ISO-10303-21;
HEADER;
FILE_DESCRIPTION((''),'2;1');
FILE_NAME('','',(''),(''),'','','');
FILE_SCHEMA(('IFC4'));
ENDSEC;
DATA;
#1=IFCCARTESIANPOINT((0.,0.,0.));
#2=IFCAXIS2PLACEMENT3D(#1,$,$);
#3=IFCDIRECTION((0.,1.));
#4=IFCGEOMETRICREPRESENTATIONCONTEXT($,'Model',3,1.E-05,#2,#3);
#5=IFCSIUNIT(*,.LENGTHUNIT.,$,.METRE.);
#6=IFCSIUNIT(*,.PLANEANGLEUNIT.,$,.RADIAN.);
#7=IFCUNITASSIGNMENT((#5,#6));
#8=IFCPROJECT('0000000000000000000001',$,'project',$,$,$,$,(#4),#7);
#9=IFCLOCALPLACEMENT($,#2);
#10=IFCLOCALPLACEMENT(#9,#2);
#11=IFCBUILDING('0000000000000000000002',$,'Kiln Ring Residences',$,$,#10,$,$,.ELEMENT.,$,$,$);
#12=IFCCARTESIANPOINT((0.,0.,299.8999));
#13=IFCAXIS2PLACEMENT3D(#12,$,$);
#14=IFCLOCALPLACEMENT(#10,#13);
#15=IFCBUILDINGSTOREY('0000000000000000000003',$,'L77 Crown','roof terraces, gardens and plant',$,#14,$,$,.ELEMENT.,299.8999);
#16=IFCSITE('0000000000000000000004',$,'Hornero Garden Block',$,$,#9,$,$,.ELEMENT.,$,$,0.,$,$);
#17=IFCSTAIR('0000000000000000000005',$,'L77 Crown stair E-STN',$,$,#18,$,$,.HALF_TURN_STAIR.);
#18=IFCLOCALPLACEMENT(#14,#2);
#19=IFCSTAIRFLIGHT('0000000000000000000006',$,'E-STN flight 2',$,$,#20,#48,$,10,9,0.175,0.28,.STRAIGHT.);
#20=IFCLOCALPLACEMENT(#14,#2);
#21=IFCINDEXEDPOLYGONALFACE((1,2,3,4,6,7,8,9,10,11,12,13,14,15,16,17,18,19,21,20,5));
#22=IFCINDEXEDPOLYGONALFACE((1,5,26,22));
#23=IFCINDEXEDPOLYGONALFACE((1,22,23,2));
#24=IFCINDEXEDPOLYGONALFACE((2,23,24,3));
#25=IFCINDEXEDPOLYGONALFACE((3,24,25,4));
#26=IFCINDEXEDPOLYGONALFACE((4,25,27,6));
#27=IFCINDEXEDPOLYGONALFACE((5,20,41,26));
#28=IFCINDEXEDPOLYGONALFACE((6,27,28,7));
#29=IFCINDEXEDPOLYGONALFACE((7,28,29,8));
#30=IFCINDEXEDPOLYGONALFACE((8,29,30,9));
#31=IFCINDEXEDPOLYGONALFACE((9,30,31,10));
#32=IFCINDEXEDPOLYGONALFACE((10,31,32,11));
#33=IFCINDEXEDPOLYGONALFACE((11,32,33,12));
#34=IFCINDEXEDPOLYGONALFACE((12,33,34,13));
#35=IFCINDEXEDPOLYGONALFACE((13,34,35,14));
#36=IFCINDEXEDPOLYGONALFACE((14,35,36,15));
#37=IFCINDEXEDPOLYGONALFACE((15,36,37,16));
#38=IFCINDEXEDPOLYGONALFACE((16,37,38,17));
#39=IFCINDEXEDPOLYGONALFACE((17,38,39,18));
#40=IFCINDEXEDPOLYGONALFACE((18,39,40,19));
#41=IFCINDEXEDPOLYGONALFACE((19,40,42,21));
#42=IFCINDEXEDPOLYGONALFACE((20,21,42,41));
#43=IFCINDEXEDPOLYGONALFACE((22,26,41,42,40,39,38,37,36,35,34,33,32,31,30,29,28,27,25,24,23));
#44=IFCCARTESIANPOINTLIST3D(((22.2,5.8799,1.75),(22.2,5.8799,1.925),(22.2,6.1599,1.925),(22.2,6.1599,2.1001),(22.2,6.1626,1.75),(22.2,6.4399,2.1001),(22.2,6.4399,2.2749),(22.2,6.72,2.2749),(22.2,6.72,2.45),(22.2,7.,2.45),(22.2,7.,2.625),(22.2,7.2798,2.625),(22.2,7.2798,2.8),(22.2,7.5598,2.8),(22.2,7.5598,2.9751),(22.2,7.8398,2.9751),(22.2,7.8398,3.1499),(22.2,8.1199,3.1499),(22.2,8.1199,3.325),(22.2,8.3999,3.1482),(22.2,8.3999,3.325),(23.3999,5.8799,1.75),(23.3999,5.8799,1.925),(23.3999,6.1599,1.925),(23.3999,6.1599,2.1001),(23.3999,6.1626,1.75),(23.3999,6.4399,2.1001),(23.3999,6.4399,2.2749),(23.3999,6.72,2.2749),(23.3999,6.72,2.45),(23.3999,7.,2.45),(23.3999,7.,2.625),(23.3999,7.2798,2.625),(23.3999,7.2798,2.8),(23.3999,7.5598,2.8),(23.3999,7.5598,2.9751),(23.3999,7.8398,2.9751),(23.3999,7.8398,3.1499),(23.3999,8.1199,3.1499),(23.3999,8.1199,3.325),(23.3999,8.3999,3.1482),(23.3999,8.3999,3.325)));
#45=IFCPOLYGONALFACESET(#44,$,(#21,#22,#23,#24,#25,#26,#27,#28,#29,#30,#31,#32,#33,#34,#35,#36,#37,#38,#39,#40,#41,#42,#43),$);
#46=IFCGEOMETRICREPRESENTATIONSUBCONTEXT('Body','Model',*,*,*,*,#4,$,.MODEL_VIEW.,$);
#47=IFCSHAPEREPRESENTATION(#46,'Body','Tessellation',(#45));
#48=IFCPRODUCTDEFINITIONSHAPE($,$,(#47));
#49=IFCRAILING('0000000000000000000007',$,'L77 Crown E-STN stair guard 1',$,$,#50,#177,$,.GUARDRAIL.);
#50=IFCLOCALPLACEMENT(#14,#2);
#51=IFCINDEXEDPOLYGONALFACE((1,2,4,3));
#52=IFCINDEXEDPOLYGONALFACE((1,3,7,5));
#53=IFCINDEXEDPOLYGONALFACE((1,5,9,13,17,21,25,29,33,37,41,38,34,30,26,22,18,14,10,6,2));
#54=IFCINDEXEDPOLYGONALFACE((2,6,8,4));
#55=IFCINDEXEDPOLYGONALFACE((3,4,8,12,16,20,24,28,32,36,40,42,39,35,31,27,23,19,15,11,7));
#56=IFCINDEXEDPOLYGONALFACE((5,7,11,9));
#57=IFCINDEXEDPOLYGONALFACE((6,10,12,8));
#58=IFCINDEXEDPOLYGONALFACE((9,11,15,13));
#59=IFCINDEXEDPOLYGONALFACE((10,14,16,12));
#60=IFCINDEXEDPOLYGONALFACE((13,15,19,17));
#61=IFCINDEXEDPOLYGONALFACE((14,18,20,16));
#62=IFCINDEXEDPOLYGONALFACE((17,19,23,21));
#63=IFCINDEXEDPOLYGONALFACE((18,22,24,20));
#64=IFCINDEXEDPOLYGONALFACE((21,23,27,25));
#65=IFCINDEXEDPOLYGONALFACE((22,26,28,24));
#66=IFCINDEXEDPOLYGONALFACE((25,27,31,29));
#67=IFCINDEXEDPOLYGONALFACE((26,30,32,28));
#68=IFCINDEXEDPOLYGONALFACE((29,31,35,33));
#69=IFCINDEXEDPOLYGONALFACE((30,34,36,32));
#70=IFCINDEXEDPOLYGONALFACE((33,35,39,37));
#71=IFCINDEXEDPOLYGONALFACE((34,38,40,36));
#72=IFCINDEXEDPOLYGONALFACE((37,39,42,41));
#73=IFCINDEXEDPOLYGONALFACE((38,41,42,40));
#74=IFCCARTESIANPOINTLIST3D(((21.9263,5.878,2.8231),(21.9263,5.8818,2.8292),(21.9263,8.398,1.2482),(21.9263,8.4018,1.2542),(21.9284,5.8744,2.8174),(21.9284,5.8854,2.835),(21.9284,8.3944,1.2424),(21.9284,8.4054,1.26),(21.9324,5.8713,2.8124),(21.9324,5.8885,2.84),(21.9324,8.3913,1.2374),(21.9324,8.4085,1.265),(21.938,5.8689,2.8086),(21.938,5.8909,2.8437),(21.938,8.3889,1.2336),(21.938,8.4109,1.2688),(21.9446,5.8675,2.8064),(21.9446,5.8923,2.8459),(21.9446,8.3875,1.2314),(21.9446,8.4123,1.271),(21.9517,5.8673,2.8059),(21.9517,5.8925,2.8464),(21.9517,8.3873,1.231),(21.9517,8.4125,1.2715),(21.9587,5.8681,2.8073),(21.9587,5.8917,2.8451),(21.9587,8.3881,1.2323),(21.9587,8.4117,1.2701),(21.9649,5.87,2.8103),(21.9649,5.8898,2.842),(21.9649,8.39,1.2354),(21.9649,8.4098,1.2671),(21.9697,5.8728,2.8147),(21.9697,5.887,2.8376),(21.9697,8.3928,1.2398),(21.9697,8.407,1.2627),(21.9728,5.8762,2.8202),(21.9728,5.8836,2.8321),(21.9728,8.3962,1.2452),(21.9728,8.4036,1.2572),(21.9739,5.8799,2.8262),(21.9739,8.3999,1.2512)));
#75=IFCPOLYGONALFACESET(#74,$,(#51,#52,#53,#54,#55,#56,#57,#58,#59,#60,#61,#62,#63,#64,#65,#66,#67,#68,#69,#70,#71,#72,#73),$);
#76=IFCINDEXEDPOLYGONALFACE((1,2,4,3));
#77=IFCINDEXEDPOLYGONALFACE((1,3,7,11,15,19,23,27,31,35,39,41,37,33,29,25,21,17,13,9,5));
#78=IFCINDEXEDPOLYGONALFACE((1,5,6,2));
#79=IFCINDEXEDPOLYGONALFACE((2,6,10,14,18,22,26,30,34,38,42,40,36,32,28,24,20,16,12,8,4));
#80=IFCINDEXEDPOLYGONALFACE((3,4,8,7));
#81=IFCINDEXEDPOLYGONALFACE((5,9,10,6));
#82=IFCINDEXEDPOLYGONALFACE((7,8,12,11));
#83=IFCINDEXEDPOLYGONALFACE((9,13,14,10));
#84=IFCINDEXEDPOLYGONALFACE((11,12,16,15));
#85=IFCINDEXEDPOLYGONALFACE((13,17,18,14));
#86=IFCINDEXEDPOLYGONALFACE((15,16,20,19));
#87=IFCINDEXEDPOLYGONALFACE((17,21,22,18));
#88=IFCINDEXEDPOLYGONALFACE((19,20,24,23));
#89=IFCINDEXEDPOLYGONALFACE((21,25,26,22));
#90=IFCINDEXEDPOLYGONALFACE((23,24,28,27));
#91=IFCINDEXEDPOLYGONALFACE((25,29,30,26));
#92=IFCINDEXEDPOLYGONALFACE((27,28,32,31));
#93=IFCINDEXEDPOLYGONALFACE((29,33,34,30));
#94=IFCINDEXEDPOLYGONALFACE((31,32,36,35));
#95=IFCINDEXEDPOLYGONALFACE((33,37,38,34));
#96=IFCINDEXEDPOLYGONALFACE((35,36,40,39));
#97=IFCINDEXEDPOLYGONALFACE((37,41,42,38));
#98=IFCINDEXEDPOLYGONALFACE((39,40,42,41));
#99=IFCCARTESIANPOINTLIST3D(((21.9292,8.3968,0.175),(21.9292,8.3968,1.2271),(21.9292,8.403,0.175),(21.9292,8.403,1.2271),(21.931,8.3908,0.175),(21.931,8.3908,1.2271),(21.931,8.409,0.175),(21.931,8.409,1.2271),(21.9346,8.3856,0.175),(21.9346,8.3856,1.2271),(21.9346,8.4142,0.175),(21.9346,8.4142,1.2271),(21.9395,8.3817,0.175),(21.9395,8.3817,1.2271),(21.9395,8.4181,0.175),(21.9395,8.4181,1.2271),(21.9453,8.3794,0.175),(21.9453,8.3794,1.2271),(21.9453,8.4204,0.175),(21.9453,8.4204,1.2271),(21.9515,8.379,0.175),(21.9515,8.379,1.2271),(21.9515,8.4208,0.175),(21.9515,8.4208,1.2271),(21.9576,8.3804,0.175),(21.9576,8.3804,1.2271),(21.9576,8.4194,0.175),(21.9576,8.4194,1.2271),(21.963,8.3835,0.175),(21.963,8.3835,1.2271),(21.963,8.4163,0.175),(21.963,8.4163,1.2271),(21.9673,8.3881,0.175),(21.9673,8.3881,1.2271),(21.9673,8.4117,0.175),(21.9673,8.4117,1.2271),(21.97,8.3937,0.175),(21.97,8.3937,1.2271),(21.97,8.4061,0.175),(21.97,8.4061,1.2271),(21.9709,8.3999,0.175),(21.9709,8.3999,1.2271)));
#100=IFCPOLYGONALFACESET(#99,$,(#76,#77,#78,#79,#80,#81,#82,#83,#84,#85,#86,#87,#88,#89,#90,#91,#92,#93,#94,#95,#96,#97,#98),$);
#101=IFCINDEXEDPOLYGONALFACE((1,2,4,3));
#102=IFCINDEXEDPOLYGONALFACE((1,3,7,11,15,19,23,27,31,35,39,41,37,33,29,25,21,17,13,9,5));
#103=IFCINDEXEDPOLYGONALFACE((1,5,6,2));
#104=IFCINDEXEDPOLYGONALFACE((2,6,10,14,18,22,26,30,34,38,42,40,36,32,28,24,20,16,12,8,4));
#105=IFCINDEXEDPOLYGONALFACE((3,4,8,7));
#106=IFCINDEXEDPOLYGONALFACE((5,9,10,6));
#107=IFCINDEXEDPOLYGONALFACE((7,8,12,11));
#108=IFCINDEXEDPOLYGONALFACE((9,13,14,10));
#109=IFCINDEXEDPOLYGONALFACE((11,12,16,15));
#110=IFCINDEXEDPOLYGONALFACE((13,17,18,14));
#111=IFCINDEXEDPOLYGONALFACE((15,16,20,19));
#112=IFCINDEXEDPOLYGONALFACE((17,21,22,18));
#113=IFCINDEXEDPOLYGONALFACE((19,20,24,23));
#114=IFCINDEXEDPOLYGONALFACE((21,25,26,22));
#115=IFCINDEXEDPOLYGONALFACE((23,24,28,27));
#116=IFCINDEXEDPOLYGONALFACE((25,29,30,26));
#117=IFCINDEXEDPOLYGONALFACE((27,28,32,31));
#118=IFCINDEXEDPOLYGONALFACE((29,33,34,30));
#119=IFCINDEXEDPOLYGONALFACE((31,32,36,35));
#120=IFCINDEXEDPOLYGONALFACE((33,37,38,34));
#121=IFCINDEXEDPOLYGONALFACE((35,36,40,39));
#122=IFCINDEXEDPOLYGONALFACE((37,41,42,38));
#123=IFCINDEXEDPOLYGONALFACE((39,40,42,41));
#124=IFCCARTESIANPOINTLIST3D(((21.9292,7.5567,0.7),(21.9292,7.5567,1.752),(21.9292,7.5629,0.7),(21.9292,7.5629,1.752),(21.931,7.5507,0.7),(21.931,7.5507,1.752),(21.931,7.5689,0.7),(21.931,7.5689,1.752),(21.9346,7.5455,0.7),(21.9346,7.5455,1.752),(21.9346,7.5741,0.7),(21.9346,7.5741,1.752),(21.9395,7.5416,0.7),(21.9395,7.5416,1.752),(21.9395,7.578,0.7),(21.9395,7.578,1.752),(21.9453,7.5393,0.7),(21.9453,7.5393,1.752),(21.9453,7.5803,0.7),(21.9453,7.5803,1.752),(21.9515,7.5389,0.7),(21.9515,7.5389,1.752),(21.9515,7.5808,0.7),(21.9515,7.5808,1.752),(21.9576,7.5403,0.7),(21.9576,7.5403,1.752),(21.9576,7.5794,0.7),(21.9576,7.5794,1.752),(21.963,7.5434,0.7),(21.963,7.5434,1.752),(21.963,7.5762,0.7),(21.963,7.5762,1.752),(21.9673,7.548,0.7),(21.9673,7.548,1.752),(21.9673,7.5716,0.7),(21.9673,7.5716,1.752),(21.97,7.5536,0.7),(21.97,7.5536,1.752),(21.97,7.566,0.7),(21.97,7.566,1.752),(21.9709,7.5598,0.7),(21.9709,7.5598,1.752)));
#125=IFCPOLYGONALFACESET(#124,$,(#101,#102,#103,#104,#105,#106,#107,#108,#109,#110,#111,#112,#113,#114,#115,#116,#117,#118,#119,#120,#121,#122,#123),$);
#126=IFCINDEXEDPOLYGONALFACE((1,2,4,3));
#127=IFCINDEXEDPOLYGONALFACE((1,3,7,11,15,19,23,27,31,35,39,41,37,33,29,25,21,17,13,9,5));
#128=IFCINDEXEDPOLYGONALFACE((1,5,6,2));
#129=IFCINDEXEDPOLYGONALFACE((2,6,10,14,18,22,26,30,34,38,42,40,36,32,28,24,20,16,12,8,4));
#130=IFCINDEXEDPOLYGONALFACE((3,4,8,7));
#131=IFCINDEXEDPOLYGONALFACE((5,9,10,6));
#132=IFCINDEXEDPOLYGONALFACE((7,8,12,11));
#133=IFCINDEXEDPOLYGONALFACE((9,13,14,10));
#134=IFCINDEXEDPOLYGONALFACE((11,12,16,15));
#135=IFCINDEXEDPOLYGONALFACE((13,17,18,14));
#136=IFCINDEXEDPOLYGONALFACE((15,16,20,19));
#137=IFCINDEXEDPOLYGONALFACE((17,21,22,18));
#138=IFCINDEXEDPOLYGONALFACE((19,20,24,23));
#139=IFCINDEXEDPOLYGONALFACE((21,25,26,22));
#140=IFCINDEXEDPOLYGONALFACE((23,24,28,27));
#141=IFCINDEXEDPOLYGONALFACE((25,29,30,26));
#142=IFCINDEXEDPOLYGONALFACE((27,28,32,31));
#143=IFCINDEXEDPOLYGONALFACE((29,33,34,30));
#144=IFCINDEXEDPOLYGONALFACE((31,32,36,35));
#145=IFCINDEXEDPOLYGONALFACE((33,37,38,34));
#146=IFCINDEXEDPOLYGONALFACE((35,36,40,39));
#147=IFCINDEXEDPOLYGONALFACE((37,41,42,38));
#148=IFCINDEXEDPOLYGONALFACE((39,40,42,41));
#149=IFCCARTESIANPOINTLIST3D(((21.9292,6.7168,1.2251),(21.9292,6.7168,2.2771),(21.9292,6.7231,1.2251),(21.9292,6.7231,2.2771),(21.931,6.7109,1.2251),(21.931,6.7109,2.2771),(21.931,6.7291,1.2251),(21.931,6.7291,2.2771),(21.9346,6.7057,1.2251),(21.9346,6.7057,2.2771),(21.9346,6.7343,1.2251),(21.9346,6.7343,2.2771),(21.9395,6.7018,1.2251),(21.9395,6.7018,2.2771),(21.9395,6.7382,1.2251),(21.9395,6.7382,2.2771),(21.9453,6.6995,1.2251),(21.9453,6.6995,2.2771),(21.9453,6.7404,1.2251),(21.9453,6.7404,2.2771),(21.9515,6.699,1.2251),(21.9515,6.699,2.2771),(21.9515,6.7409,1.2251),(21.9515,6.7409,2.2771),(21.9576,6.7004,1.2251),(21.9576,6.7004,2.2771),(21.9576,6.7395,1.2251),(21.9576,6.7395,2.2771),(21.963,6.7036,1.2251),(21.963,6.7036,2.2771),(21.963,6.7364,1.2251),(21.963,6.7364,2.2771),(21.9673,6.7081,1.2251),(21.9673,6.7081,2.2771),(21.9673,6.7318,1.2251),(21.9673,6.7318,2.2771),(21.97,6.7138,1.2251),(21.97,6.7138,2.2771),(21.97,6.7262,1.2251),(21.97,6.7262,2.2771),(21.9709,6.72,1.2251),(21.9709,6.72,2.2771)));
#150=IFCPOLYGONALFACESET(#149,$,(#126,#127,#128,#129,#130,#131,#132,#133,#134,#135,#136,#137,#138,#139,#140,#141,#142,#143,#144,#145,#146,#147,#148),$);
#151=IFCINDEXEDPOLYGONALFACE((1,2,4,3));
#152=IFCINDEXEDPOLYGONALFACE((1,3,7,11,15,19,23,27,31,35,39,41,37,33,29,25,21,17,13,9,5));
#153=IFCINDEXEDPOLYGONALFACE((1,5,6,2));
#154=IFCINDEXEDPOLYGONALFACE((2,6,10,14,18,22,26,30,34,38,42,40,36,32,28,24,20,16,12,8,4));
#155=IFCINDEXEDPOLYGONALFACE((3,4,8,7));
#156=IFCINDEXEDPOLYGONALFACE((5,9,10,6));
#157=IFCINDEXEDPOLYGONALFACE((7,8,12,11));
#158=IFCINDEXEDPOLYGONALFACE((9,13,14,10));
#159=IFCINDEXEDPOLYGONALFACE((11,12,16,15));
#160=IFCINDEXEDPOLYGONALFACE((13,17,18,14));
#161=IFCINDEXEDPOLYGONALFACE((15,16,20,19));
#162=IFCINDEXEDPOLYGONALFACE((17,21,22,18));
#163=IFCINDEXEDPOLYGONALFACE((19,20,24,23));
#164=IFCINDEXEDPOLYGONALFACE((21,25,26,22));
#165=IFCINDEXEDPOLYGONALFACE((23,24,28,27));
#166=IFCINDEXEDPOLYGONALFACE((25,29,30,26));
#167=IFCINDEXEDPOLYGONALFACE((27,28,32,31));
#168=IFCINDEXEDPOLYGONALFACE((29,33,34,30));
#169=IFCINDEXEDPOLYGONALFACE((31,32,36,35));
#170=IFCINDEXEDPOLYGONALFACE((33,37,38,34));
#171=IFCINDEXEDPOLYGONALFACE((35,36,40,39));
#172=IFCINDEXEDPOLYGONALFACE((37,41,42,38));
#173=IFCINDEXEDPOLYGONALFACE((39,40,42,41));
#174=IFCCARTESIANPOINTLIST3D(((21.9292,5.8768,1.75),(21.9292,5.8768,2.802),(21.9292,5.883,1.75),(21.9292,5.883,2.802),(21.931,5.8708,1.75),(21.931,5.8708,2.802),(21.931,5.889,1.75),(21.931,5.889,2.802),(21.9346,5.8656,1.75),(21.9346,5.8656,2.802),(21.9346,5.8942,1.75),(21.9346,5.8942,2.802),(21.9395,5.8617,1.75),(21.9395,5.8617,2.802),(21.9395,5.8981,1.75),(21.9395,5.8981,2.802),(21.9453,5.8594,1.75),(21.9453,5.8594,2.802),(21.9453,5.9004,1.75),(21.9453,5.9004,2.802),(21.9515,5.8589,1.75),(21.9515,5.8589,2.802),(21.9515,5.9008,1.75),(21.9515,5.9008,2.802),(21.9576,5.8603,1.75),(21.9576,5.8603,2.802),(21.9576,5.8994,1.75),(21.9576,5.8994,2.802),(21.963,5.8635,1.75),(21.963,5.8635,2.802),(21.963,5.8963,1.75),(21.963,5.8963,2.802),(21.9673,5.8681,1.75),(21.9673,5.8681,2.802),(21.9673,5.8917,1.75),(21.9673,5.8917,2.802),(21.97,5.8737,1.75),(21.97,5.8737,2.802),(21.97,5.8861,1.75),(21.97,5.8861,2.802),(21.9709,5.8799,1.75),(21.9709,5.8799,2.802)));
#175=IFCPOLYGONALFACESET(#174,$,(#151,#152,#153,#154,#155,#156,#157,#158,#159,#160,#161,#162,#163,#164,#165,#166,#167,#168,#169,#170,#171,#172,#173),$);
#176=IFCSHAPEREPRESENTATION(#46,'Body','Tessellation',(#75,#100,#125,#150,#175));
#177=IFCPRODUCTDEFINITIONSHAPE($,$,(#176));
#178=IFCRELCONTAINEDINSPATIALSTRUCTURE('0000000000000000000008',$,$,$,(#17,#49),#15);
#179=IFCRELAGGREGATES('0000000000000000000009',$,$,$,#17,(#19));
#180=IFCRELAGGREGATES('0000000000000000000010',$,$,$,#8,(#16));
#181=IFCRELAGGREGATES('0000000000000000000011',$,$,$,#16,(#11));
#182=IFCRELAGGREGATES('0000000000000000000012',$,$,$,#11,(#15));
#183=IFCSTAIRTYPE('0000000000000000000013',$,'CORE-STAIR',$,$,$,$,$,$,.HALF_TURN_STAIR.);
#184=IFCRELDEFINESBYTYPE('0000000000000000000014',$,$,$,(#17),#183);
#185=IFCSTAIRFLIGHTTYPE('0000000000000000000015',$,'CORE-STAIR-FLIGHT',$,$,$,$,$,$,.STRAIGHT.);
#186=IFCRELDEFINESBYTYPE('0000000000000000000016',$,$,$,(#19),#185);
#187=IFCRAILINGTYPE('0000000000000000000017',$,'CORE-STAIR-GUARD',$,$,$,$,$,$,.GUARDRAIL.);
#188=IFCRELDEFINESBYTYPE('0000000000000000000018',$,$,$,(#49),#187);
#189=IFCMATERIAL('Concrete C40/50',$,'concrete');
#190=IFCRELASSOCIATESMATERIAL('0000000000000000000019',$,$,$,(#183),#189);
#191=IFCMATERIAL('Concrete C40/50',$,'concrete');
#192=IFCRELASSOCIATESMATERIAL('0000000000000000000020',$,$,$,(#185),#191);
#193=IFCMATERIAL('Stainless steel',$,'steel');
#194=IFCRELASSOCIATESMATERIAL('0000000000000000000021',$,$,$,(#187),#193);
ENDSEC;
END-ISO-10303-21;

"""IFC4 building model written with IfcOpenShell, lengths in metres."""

from ifc_helpers import new_model, si_unit, direction, frame, origin, origin_2d, place, context, subcontext, project, spatial, polyline, circle, outline, extrude, material, type_object, element, aggregate, save


model = new_model("IFC4")

# Units and contexts
model_context = context("Model", 3, precision=1e-05, world=origin(), true_north=direction((0.0, 1.0)))
body_context = subcontext(model_context, "Body", "Model", "MODEL_VIEW")
ifc_project = project(units=[si_unit("LENGTHUNIT", "METRE"), si_unit("PLANEANGLEUNIT", "RADIAN")], contexts=[model_context])

# Site, building, storey
site_placement = place(None, origin())
site = spatial("IfcSite", under=ifc_project, at=site_placement, Name="Hornero Garden Block", CompositionType="ELEMENT", RefElevation=0.0)
building_placement = place(site_placement, origin())
building = spatial("IfcBuilding", under=site, at=building_placement, Name="Kiln Ring Residences", CompositionType="ELEMENT")
storey_placement = place(building_placement, frame((0.0, 0.0, 299.8999)))
storey = spatial("IfcBuildingStorey", under=building, at=storey_placement, Name="L77 Crown", Description="roof terraces, gardens and plant", CompositionType="ELEMENT", Elevation=299.8999)

# Stair, stair flight
ifc_material_1 = material(Name="Concrete C40/50", Category="concrete")
stair_type = type_object("IfcStairType", Name="CORE-STAIR", PredefinedType="HALF_TURN_STAIR", material=ifc_material_1)
stair_placement = place(storey_placement, origin())
stair = element("IfcStair", 1, at=stair_placement, inside=storey, type_object=stair_type, Name="L77 Crown stair E-STN", PredefinedType="HALF_TURN_STAIR")
ifc_material_2 = material(Name="Concrete C40/50", Category="concrete")
stair_flight_type = type_object("IfcStairFlightType", Name="CORE-STAIR-FLIGHT", PredefinedType="STRAIGHT", material=ifc_material_2)
stair_flight_1_placement = place(storey_placement, frame((22.8, 5.8799, 1.75), z_axis=(0.0, 0.0, 1.0), x_axis=(0.0, 1.0, 0.0)))
stair_flight_1 = element("IfcStairFlight", 2, at=stair_flight_1_placement, type_object=stair_flight_type, Name="E-STN flight 2", NumberOfRisers=10, NumberOfTreads=9, PredefinedType="STRAIGHT", RiserHeight=0.175, TreadLength=0.28, context=body_context, shape_type="SweptSolid", body=[
    extrude(outline(polyline([(0.0, 0.0), (0.0, 0.175), (0.28, 0.175), (0.28, 0.3501), (0.5601, 0.3501), (0.5601, 0.5249), (0.8401, 0.5249), (0.8401, 0.7), (1.1201, 0.7), (1.1201, 0.875), (1.3999, 0.875), (1.3999, 1.05), (1.6799, 1.05), (1.6799, 1.2251), (1.96, 1.2251), (1.96, 1.3999), (2.24, 1.3999), (2.24, 1.575), (2.52, 1.575), (2.52, 1.75), (2.52, 1.3982), (0.2827, 0.0), (0.0, 0.0)])), frame((0.0, 0.6001, 0.0), z_axis=(0.0, -1.0, 0.0), x_axis=(1.0, 0.0, 0.0)), (0.0, 0.0, 1.0), 1.2),
])
aggregate(stair, [stair_flight_1])

# Railing
ifc_material_3 = material(Name="Stainless steel", Category="steel")
railing_type_1 = type_object("IfcRailingType", Name="CORE-STAIR-GUARD", PredefinedType="GUARDRAIL", material=ifc_material_3)
railing_1_placement = place(storey_placement, frame((21.95, 8.3999, 0.175)))
element("IfcRailing", 3, at=railing_1_placement, inside=storey, type_object=railing_type_1, Name="L77 Crown E-STN stair guard 1", PredefinedType="GUARDRAIL", context=body_context, shape_type="SweptSolid", body=[
    extrude(circle(Radius=0.0239, at=origin_2d()), frame((0.0, 0.0, 1.0762), z_axis=(0.0, -0.848008, 0.529984), x_axis=(1.0, 0.0, 0.0)), (0.0, 0.0, 1.0), 2.9717),
    extrude(circle(Radius=0.021, at=origin_2d()), origin(), (0.0, 0.0, 1.0), 1.052),
    extrude(circle(Radius=0.021, at=origin_2d()), frame((0.0, -0.8401, 0.5249)), (0.0, 0.0, 1.0), 1.052),
    extrude(circle(Radius=0.021, at=origin_2d()), frame((0.0, -1.6799, 1.05)), (0.0, 0.0, 1.0), 1.052),
    extrude(circle(Radius=0.021, at=origin_2d()), frame((0.0, -2.52, 1.575)), (0.0, 0.0, 1.0), 1.052),
])

save(model, "model.ifc")
